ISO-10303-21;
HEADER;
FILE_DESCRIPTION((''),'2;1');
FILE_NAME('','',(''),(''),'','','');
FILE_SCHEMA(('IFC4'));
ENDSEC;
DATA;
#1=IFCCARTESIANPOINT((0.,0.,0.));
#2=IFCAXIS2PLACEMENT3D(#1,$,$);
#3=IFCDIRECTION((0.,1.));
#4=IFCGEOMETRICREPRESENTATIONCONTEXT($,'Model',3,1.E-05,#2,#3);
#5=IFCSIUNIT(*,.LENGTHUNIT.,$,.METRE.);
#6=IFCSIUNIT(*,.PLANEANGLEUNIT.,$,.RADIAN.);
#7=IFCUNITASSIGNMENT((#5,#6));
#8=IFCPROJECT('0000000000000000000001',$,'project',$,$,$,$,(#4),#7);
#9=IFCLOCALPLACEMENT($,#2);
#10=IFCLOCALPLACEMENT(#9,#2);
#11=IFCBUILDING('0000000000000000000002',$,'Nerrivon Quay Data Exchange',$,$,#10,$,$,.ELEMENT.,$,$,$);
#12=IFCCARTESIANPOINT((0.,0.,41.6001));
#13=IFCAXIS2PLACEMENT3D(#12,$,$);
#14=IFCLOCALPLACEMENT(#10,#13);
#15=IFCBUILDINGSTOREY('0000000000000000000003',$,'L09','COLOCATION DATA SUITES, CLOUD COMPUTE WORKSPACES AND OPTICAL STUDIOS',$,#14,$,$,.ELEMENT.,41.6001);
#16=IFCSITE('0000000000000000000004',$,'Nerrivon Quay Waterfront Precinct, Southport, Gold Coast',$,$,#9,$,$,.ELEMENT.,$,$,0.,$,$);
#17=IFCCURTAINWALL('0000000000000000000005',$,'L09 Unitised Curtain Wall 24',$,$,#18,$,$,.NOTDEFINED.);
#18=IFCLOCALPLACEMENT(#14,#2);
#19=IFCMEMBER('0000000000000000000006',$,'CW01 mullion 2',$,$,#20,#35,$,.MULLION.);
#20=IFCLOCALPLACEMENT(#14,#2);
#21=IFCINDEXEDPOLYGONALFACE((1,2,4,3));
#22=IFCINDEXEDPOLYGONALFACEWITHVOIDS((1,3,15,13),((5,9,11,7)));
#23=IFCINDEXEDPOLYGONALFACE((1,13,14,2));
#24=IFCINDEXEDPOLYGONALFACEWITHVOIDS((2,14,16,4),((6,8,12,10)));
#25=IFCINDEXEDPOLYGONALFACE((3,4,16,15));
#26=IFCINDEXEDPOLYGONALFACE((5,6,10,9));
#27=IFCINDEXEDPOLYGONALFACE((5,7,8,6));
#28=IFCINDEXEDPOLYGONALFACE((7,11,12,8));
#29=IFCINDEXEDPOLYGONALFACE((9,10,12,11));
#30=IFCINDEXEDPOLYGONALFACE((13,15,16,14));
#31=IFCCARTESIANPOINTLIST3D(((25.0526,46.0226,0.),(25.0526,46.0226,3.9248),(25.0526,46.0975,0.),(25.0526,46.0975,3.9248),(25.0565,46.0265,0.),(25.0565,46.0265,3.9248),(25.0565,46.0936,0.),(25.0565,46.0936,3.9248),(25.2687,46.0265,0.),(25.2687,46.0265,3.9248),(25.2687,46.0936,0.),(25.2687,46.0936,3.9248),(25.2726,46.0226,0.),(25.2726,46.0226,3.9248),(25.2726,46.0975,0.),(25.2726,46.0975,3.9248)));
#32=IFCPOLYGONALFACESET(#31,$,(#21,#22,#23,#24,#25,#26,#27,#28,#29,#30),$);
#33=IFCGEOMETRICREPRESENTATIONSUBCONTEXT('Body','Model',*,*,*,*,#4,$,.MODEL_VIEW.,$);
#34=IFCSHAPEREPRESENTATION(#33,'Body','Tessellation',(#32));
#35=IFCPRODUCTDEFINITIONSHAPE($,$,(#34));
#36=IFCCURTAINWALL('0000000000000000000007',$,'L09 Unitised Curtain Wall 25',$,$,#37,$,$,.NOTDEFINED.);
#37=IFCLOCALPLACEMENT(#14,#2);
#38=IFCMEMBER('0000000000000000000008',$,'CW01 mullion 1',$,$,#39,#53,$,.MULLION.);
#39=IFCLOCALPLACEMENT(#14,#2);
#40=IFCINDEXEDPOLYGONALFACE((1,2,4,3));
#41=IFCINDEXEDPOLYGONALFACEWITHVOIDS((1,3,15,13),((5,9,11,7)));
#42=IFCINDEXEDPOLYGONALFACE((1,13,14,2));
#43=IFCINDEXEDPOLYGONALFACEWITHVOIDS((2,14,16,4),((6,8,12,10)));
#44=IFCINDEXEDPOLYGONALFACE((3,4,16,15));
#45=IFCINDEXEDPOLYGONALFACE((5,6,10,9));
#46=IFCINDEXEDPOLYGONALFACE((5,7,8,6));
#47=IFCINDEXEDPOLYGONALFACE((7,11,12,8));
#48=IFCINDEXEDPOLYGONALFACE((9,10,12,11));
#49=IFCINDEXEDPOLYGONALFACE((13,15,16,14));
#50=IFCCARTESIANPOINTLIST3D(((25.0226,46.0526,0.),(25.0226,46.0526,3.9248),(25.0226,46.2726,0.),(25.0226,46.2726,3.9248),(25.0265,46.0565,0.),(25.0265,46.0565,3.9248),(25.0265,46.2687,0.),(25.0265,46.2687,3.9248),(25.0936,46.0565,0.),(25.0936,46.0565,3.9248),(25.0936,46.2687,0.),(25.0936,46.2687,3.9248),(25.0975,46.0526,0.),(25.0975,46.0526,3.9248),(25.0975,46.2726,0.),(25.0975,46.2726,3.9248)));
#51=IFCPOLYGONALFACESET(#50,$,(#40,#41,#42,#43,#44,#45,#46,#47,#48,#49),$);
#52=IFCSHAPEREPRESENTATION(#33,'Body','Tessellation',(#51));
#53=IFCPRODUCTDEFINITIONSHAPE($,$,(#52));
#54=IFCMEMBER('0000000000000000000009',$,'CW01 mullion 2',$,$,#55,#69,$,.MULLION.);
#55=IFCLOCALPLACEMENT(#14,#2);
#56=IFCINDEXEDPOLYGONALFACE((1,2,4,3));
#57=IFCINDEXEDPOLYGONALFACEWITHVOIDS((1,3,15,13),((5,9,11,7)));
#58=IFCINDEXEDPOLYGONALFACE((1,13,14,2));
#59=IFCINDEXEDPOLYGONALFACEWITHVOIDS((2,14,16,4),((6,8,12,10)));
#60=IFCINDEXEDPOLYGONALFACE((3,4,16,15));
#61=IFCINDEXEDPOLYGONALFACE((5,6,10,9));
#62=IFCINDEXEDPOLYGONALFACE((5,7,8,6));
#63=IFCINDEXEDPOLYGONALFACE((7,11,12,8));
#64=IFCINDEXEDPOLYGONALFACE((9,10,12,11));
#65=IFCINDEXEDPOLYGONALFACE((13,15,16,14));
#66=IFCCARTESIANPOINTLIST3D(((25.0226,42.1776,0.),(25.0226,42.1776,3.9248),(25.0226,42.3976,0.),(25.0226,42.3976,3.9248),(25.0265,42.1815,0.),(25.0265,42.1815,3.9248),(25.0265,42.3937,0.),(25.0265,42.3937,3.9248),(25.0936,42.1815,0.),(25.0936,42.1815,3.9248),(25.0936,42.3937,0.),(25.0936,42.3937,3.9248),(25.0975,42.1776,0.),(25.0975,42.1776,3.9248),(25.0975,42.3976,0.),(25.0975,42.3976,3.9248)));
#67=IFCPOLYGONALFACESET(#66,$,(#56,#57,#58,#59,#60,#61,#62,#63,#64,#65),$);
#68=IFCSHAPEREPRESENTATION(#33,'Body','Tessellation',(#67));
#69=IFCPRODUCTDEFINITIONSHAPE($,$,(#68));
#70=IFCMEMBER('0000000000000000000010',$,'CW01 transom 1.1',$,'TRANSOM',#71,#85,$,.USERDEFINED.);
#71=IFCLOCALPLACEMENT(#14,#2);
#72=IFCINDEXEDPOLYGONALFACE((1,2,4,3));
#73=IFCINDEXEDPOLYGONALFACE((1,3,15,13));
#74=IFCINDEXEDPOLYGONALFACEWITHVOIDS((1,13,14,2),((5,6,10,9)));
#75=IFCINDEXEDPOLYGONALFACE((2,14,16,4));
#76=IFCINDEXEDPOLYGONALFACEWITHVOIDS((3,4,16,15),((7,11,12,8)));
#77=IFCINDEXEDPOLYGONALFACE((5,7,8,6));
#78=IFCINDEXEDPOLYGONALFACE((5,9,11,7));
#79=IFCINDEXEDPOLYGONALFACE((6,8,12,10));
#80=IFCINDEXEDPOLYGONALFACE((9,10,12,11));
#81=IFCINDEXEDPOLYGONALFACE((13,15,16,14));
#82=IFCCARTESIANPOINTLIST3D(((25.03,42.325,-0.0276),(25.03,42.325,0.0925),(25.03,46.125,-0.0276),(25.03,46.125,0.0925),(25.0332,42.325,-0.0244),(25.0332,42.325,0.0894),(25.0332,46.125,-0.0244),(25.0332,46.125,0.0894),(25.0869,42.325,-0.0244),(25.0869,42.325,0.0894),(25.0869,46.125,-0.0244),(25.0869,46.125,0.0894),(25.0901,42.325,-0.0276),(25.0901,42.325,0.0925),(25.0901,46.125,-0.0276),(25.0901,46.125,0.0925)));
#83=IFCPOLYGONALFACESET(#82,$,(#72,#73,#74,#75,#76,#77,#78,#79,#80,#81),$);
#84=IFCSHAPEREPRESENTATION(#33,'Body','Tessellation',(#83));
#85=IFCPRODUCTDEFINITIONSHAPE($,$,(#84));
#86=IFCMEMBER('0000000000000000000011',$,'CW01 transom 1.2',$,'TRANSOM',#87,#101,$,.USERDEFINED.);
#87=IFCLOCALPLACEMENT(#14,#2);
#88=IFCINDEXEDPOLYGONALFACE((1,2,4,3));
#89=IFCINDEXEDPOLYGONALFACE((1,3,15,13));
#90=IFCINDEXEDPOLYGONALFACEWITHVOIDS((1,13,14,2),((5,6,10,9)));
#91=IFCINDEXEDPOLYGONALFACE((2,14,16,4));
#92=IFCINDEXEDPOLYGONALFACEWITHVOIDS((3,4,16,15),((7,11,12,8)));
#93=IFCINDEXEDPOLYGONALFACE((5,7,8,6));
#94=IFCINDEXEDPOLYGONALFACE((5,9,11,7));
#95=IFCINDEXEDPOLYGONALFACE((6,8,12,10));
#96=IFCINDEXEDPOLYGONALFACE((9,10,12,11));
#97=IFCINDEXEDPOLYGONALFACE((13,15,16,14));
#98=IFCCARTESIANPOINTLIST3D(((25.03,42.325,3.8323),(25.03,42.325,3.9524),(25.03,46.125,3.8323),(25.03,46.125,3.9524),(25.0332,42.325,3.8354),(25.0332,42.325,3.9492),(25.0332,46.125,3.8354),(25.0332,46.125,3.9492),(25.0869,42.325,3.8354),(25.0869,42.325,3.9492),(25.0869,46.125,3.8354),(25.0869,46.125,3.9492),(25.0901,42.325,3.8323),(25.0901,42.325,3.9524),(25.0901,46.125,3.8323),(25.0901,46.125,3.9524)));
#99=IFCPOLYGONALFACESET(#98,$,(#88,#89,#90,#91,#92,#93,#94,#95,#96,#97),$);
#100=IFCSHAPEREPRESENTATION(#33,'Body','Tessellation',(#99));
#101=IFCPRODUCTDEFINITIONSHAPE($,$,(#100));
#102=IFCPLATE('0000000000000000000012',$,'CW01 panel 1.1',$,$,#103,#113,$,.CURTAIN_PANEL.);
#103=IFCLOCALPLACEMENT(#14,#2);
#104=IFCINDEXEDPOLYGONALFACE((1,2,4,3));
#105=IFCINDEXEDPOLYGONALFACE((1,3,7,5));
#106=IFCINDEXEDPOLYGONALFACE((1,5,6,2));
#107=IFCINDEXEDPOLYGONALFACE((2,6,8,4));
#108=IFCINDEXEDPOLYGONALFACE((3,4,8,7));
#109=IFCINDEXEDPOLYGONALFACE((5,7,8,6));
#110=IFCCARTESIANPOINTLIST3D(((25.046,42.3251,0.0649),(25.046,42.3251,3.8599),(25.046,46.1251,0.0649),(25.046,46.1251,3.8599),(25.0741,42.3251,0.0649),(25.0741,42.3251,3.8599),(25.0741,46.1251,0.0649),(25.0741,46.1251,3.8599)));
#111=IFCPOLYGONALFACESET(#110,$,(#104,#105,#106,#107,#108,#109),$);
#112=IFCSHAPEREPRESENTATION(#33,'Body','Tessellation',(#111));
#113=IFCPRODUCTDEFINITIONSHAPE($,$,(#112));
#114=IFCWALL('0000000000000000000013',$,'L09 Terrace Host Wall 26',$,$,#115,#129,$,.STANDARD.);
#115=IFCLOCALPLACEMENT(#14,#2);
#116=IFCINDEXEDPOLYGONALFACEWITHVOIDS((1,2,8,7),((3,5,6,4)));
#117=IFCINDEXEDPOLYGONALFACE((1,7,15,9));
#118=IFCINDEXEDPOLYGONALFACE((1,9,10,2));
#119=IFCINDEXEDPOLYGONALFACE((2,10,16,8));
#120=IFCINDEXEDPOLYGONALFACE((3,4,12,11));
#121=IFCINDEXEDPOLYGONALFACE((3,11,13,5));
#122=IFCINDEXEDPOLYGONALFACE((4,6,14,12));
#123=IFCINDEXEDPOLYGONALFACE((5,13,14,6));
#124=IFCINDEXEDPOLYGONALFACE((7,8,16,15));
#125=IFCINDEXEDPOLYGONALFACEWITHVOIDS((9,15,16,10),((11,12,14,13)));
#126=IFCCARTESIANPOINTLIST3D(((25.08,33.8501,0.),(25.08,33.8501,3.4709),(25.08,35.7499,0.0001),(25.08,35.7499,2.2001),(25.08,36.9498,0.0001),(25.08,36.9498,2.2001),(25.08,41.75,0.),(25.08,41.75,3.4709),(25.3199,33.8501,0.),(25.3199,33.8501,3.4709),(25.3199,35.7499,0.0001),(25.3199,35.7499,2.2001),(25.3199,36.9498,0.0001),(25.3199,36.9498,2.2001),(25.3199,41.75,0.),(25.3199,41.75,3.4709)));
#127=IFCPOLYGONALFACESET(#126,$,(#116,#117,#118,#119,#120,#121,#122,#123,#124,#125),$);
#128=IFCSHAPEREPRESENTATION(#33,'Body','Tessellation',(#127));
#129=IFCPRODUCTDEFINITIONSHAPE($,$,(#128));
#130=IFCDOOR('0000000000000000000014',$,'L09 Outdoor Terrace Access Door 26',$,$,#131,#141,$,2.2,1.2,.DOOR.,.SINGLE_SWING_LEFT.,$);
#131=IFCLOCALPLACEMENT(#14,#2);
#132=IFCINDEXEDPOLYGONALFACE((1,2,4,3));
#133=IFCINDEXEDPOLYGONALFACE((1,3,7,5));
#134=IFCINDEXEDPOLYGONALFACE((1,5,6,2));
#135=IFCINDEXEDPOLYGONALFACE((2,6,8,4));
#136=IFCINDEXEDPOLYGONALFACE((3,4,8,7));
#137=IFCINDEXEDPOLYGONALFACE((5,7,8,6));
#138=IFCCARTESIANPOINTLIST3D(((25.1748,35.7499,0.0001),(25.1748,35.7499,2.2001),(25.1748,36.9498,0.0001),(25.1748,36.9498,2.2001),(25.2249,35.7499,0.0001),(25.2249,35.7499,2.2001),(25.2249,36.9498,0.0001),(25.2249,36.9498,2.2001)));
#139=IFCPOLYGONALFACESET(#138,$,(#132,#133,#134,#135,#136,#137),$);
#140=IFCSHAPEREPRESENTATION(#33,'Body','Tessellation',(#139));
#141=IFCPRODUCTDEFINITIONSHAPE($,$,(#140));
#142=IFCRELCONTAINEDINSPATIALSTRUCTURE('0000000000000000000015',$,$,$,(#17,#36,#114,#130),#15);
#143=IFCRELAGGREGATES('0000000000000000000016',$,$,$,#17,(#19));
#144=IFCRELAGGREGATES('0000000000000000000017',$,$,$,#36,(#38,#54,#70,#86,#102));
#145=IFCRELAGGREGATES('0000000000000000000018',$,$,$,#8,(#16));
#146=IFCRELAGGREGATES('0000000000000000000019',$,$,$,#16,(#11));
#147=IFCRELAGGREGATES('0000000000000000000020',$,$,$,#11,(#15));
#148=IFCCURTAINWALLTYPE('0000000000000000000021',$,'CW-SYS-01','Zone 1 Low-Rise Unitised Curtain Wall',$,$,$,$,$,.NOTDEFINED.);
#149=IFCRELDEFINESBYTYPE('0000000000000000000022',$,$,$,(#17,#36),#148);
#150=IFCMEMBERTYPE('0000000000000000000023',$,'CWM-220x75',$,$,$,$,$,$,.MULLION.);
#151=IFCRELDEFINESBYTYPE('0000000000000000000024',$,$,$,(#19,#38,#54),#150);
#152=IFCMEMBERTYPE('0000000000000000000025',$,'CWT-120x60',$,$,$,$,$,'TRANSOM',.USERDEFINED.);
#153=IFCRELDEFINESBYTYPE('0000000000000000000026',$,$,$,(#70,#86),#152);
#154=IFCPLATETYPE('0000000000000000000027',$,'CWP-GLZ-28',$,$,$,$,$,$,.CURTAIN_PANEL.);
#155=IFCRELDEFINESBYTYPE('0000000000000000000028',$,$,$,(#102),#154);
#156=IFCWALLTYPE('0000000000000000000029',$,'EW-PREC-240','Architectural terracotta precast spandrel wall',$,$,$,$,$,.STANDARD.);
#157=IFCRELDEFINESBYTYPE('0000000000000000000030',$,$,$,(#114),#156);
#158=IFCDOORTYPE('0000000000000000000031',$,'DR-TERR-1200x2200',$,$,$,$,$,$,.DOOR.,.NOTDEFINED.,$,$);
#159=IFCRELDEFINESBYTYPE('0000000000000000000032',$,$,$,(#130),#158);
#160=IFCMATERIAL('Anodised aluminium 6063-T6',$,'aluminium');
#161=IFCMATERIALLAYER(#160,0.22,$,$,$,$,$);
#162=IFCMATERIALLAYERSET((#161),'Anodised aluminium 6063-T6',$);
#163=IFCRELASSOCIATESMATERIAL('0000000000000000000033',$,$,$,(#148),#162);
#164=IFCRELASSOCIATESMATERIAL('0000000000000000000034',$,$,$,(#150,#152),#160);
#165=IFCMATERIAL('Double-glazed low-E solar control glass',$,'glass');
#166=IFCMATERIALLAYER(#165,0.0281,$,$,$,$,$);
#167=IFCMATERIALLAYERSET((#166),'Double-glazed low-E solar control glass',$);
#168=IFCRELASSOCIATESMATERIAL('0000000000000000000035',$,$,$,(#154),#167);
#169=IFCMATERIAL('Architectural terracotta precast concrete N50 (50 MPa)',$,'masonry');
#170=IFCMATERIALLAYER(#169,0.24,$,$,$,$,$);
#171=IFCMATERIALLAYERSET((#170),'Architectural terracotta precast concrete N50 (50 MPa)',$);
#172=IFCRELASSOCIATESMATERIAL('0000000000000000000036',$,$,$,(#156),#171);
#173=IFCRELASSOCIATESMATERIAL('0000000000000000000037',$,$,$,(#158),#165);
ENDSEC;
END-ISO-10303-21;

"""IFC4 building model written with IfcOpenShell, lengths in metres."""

from ifc_helpers import new_model, si_unit, direction, frame, frame_2d, origin, origin_2d, place, context, subcontext, project, spatial, rectangle, hollow_rectangle, extrude, material, layer, layer_set, material_profile, profile_set, type_object, element, fill, aggregate, save


model = new_model("IFC4")

# Units and contexts
model_context = context("Model", 3, precision=1e-05, world=origin(), true_north=direction((0.0, 1.0)))
body_context = subcontext(model_context, "Body", "Model", "MODEL_VIEW")
ifc_project = project(units=[si_unit("LENGTHUNIT", "METRE"), si_unit("PLANEANGLEUNIT", "RADIAN")], contexts=[model_context])

# Site, building, storey
site_placement = place(None, origin())
site = spatial("IfcSite", under=ifc_project, at=site_placement, Name="Nerrivon Quay Waterfront Precinct, Southport, Gold Coast", CompositionType="ELEMENT", RefElevation=0.0)
building_placement = place(site_placement, origin())
building = spatial("IfcBuilding", under=site, at=building_placement, Name="Nerrivon Quay Data Exchange", CompositionType="ELEMENT")
storey_placement = place(building_placement, frame((0.0, 0.0, 41.6001)))
storey = spatial("IfcBuildingStorey", under=building, at=storey_placement, Name="L09", Description="COLOCATION DATA SUITES, CLOUD COMPUTE WORKSPACES AND OPTICAL STUDIOS", CompositionType="ELEMENT", Elevation=41.6001)

# Curtain wall, member
ifc_material_1 = material(Name="Anodised aluminium 6063-T6", Category="aluminium")
ifc_layer_1 = layer(ifc_material_1, 0.22)
ifc_layer_set_1 = layer_set([ifc_layer_1], Name="Anodised aluminium 6063-T6")
curtain_wall_type = type_object("IfcCurtainWallType", Name="CW-SYS-01", Description="Zone 1 Low-Rise Unitised Curtain Wall", PredefinedType="NOTDEFINED", material=ifc_layer_set_1)
curtain_wall_1_placement = place(storey_placement, origin())
curtain_wall_1 = element("IfcCurtainWall", 1, at=curtain_wall_1_placement, inside=storey, type_object=curtain_wall_type, Name="L09 Unitised Curtain Wall 24", PredefinedType="NOTDEFINED")
ifc_material_profile_1 = material_profile(ifc_material_1, hollow_rectangle(XDim=0.075, YDim=0.22, WallThickness=0.0039, at=origin_2d()), Name="ALU-MULL-220x75")
ifc_profile_set_1 = profile_set([ifc_material_profile_1], Name="Anodised aluminium 6063-T6")
member_type_1 = type_object("IfcMemberType", Name="CWM-220x75", PredefinedType="MULLION", material=ifc_profile_set_1)
member_1_placement = place(storey_placement, frame((25.1626, 46.0601, 0.0), z_axis=(0.0, 0.0, 1.0), x_axis=(0.0, 1.0, 0.0)))
member_1 = element("IfcMember", 2, at=member_1_placement, type_object=member_type_1, Name="CW01 mullion 2", PredefinedType="MULLION", context=body_context, shape_type="SweptSolid", body=[
    extrude(hollow_rectangle(XDim=0.075, YDim=0.22, WallThickness=0.0039, at=origin_2d()), origin(), (0.0, 0.0, 1.0), 3.9248),
])
aggregate(curtain_wall_1, [member_1])

# Curtain wall, members, plate
curtain_wall_2_placement = place(storey_placement, origin())
curtain_wall_2 = element("IfcCurtainWall", 3, at=curtain_wall_2_placement, inside=storey, type_object=curtain_wall_type, Name="L09 Unitised Curtain Wall 25", PredefinedType="NOTDEFINED")
member_2_placement = place(storey_placement, frame((25.0601, 46.1626, 0.0), z_axis=(0.0, 0.0, 1.0), x_axis=(1.0, 0.0, 0.0)))
member_2 = element("IfcMember", 4, at=member_2_placement, type_object=member_type_1, Name="CW01 mullion 1", PredefinedType="MULLION", context=body_context, shape_type="SweptSolid", body=[
    extrude(hollow_rectangle(XDim=0.075, YDim=0.22, WallThickness=0.0039, at=origin_2d()), origin(), (0.0, 0.0, 1.0), 3.9248),
])
member_3_placement = place(storey_placement, frame((25.0601, 42.2876, 0.0), z_axis=(0.0, 0.0, 1.0), x_axis=(1.0, 0.0, 0.0)))
member_3 = element("IfcMember", 5, at=member_3_placement, type_object=member_type_1, Name="CW01 mullion 2", PredefinedType="MULLION", context=body_context, shape_type="SweptSolid", body=[
    extrude(hollow_rectangle(XDim=0.075, YDim=0.22, WallThickness=0.0039, at=origin_2d()), origin(), (0.0, 0.0, 1.0), 3.9248),
])
ifc_material_profile_2 = material_profile(ifc_material_1, hollow_rectangle(XDim=0.0601, YDim=0.1201, WallThickness=0.0032, at=origin_2d()), Name="ALU-TRAN-120x60")
ifc_profile_set_2 = profile_set([ifc_material_profile_2], Name="Anodised aluminium 6063-T6")
member_type_2 = type_object("IfcMemberType", Name="CWT-120x60", ElementType="TRANSOM", PredefinedType="USERDEFINED", material=ifc_profile_set_2)
member_4_placement = place(storey_placement, frame((25.0601, 46.125, 0.0325), z_axis=(0.0, -1.0, 0.0), x_axis=(1.0, 0.0, 0.0)))
member_4 = element("IfcMember", 6, at=member_4_placement, type_object=member_type_2, Name="CW01 transom 1.1", ObjectType="TRANSOM", PredefinedType="USERDEFINED", context=body_context, shape_type="SweptSolid", body=[
    extrude(hollow_rectangle(XDim=0.0601, YDim=0.1201, WallThickness=0.0032, at=origin_2d()), origin(), (0.0, 0.0, 1.0), 3.8),
])
member_5_placement = place(storey_placement, frame((25.0601, 46.125, 3.8923), z_axis=(0.0, -1.0, 0.0), x_axis=(1.0, 0.0, 0.0)))
member_5 = element("IfcMember", 7, at=member_5_placement, type_object=member_type_2, Name="CW01 transom 1.2", ObjectType="TRANSOM", PredefinedType="USERDEFINED", context=body_context, shape_type="SweptSolid", body=[
    extrude(hollow_rectangle(XDim=0.0601, YDim=0.1201, WallThickness=0.0032, at=origin_2d()), origin(), (0.0, 0.0, 1.0), 3.8),
])
ifc_material_2 = material(Name="Double-glazed low-E solar control glass", Category="glass")
ifc_layer_2 = layer(ifc_material_2, 0.0281)
ifc_layer_set_2 = layer_set([ifc_layer_2], Name="Double-glazed low-E solar control glass")
plate_type = type_object("IfcPlateType", Name="CWP-GLZ-28", PredefinedType="CURTAIN_PANEL", material=ifc_layer_set_2)
plate_placement = place(storey_placement, frame((25.0601, 44.2251, 0.0649), z_axis=(0.0, 0.0, 1.0), x_axis=(0.0, -1.0, 0.0)))
plate = element("IfcPlate", 8, at=plate_placement, type_object=plate_type, Name="CW01 panel 1.1", PredefinedType="CURTAIN_PANEL", context=body_context, shape_type="SweptSolid", body=[
    extrude(rectangle(XDim=3.8, YDim=0.0281, at=origin_2d()), origin(), (0.0, 0.0, 1.0), 3.7949),
])
aggregate(curtain_wall_2, [member_2, member_3, member_4, member_5, plate])

# Wall, opening, door
ifc_material_3 = material(Name="Architectural terracotta precast concrete N50 (50 MPa)", Category="masonry")
ifc_layer_3 = layer(ifc_material_3, 0.24)
ifc_layer_set_3 = layer_set([ifc_layer_3], Name="Architectural terracotta precast concrete N50 (50 MPa)")
wall_type = type_object("IfcWallType", Name="EW-PREC-240", Description="Architectural terracotta precast spandrel wall", PredefinedType="STANDARD", material=ifc_layer_set_3)
wall_1_placement = place(storey_placement, frame((25.2, 41.75, 0.0), z_axis=(0.0, 0.0, 1.0), x_axis=(0.0, -1.0, 0.0)))
wall_1 = element("IfcWall", 9, at=wall_1_placement, inside=storey, type_object=wall_type, Name="L09 Terrace Host Wall 26", PredefinedType="STANDARD", context=body_context, shape_type="SweptSolid", body=[
    extrude(rectangle(XDim=7.8999, YDim=0.24, at=frame_2d((3.95, 0.0))), origin(), (0.0, 0.0, 1.0), 3.4709),
])
opening_1_placement = place(wall_1_placement, frame((4.8, 0.0, 0.0)))
opening_1 = element("IfcOpeningElement", 10, at=opening_1_placement, cuts=wall_1, PredefinedType="OPENING", context=body_context, shape_type="SweptSolid", body=[
    extrude(rectangle(XDim=1.2, YDim=2.2, at=frame_2d((0.6001, 1.1001))), frame((0.0, 0.1299, 0.0), z_axis=(0.0, -1.0, 0.0), x_axis=(1.0, 0.0, 0.0)), (0.0, 0.0, 1.0), 0.26),
])
door_type = type_object("IfcDoorType", Name="DR-TERR-1200x2200", OperationType="NOTDEFINED", PredefinedType="DOOR", material=ifc_material_2)
door_1_placement = place(opening_1_placement, origin())
door_1 = element("IfcDoor", 11, at=door_1_placement, inside=storey, type_object=door_type, Name="L09 Outdoor Terrace Access Door 26", OperationType="SINGLE_SWING_LEFT", OverallHeight=2.2, OverallWidth=1.2, PredefinedType="DOOR", context=body_context, shape_type="SweptSolid", body=[
    extrude(rectangle(XDim=1.2, YDim=2.2, at=frame_2d((0.6001, 1.1001))), frame((0.0, 0.0249, 0.0), z_axis=(0.0, -1.0, 0.0), x_axis=(1.0, 0.0, 0.0)), (0.0, 0.0, 1.0), 0.05),
])
fill(opening_1, door_1)

save(model, "model.ifc")
